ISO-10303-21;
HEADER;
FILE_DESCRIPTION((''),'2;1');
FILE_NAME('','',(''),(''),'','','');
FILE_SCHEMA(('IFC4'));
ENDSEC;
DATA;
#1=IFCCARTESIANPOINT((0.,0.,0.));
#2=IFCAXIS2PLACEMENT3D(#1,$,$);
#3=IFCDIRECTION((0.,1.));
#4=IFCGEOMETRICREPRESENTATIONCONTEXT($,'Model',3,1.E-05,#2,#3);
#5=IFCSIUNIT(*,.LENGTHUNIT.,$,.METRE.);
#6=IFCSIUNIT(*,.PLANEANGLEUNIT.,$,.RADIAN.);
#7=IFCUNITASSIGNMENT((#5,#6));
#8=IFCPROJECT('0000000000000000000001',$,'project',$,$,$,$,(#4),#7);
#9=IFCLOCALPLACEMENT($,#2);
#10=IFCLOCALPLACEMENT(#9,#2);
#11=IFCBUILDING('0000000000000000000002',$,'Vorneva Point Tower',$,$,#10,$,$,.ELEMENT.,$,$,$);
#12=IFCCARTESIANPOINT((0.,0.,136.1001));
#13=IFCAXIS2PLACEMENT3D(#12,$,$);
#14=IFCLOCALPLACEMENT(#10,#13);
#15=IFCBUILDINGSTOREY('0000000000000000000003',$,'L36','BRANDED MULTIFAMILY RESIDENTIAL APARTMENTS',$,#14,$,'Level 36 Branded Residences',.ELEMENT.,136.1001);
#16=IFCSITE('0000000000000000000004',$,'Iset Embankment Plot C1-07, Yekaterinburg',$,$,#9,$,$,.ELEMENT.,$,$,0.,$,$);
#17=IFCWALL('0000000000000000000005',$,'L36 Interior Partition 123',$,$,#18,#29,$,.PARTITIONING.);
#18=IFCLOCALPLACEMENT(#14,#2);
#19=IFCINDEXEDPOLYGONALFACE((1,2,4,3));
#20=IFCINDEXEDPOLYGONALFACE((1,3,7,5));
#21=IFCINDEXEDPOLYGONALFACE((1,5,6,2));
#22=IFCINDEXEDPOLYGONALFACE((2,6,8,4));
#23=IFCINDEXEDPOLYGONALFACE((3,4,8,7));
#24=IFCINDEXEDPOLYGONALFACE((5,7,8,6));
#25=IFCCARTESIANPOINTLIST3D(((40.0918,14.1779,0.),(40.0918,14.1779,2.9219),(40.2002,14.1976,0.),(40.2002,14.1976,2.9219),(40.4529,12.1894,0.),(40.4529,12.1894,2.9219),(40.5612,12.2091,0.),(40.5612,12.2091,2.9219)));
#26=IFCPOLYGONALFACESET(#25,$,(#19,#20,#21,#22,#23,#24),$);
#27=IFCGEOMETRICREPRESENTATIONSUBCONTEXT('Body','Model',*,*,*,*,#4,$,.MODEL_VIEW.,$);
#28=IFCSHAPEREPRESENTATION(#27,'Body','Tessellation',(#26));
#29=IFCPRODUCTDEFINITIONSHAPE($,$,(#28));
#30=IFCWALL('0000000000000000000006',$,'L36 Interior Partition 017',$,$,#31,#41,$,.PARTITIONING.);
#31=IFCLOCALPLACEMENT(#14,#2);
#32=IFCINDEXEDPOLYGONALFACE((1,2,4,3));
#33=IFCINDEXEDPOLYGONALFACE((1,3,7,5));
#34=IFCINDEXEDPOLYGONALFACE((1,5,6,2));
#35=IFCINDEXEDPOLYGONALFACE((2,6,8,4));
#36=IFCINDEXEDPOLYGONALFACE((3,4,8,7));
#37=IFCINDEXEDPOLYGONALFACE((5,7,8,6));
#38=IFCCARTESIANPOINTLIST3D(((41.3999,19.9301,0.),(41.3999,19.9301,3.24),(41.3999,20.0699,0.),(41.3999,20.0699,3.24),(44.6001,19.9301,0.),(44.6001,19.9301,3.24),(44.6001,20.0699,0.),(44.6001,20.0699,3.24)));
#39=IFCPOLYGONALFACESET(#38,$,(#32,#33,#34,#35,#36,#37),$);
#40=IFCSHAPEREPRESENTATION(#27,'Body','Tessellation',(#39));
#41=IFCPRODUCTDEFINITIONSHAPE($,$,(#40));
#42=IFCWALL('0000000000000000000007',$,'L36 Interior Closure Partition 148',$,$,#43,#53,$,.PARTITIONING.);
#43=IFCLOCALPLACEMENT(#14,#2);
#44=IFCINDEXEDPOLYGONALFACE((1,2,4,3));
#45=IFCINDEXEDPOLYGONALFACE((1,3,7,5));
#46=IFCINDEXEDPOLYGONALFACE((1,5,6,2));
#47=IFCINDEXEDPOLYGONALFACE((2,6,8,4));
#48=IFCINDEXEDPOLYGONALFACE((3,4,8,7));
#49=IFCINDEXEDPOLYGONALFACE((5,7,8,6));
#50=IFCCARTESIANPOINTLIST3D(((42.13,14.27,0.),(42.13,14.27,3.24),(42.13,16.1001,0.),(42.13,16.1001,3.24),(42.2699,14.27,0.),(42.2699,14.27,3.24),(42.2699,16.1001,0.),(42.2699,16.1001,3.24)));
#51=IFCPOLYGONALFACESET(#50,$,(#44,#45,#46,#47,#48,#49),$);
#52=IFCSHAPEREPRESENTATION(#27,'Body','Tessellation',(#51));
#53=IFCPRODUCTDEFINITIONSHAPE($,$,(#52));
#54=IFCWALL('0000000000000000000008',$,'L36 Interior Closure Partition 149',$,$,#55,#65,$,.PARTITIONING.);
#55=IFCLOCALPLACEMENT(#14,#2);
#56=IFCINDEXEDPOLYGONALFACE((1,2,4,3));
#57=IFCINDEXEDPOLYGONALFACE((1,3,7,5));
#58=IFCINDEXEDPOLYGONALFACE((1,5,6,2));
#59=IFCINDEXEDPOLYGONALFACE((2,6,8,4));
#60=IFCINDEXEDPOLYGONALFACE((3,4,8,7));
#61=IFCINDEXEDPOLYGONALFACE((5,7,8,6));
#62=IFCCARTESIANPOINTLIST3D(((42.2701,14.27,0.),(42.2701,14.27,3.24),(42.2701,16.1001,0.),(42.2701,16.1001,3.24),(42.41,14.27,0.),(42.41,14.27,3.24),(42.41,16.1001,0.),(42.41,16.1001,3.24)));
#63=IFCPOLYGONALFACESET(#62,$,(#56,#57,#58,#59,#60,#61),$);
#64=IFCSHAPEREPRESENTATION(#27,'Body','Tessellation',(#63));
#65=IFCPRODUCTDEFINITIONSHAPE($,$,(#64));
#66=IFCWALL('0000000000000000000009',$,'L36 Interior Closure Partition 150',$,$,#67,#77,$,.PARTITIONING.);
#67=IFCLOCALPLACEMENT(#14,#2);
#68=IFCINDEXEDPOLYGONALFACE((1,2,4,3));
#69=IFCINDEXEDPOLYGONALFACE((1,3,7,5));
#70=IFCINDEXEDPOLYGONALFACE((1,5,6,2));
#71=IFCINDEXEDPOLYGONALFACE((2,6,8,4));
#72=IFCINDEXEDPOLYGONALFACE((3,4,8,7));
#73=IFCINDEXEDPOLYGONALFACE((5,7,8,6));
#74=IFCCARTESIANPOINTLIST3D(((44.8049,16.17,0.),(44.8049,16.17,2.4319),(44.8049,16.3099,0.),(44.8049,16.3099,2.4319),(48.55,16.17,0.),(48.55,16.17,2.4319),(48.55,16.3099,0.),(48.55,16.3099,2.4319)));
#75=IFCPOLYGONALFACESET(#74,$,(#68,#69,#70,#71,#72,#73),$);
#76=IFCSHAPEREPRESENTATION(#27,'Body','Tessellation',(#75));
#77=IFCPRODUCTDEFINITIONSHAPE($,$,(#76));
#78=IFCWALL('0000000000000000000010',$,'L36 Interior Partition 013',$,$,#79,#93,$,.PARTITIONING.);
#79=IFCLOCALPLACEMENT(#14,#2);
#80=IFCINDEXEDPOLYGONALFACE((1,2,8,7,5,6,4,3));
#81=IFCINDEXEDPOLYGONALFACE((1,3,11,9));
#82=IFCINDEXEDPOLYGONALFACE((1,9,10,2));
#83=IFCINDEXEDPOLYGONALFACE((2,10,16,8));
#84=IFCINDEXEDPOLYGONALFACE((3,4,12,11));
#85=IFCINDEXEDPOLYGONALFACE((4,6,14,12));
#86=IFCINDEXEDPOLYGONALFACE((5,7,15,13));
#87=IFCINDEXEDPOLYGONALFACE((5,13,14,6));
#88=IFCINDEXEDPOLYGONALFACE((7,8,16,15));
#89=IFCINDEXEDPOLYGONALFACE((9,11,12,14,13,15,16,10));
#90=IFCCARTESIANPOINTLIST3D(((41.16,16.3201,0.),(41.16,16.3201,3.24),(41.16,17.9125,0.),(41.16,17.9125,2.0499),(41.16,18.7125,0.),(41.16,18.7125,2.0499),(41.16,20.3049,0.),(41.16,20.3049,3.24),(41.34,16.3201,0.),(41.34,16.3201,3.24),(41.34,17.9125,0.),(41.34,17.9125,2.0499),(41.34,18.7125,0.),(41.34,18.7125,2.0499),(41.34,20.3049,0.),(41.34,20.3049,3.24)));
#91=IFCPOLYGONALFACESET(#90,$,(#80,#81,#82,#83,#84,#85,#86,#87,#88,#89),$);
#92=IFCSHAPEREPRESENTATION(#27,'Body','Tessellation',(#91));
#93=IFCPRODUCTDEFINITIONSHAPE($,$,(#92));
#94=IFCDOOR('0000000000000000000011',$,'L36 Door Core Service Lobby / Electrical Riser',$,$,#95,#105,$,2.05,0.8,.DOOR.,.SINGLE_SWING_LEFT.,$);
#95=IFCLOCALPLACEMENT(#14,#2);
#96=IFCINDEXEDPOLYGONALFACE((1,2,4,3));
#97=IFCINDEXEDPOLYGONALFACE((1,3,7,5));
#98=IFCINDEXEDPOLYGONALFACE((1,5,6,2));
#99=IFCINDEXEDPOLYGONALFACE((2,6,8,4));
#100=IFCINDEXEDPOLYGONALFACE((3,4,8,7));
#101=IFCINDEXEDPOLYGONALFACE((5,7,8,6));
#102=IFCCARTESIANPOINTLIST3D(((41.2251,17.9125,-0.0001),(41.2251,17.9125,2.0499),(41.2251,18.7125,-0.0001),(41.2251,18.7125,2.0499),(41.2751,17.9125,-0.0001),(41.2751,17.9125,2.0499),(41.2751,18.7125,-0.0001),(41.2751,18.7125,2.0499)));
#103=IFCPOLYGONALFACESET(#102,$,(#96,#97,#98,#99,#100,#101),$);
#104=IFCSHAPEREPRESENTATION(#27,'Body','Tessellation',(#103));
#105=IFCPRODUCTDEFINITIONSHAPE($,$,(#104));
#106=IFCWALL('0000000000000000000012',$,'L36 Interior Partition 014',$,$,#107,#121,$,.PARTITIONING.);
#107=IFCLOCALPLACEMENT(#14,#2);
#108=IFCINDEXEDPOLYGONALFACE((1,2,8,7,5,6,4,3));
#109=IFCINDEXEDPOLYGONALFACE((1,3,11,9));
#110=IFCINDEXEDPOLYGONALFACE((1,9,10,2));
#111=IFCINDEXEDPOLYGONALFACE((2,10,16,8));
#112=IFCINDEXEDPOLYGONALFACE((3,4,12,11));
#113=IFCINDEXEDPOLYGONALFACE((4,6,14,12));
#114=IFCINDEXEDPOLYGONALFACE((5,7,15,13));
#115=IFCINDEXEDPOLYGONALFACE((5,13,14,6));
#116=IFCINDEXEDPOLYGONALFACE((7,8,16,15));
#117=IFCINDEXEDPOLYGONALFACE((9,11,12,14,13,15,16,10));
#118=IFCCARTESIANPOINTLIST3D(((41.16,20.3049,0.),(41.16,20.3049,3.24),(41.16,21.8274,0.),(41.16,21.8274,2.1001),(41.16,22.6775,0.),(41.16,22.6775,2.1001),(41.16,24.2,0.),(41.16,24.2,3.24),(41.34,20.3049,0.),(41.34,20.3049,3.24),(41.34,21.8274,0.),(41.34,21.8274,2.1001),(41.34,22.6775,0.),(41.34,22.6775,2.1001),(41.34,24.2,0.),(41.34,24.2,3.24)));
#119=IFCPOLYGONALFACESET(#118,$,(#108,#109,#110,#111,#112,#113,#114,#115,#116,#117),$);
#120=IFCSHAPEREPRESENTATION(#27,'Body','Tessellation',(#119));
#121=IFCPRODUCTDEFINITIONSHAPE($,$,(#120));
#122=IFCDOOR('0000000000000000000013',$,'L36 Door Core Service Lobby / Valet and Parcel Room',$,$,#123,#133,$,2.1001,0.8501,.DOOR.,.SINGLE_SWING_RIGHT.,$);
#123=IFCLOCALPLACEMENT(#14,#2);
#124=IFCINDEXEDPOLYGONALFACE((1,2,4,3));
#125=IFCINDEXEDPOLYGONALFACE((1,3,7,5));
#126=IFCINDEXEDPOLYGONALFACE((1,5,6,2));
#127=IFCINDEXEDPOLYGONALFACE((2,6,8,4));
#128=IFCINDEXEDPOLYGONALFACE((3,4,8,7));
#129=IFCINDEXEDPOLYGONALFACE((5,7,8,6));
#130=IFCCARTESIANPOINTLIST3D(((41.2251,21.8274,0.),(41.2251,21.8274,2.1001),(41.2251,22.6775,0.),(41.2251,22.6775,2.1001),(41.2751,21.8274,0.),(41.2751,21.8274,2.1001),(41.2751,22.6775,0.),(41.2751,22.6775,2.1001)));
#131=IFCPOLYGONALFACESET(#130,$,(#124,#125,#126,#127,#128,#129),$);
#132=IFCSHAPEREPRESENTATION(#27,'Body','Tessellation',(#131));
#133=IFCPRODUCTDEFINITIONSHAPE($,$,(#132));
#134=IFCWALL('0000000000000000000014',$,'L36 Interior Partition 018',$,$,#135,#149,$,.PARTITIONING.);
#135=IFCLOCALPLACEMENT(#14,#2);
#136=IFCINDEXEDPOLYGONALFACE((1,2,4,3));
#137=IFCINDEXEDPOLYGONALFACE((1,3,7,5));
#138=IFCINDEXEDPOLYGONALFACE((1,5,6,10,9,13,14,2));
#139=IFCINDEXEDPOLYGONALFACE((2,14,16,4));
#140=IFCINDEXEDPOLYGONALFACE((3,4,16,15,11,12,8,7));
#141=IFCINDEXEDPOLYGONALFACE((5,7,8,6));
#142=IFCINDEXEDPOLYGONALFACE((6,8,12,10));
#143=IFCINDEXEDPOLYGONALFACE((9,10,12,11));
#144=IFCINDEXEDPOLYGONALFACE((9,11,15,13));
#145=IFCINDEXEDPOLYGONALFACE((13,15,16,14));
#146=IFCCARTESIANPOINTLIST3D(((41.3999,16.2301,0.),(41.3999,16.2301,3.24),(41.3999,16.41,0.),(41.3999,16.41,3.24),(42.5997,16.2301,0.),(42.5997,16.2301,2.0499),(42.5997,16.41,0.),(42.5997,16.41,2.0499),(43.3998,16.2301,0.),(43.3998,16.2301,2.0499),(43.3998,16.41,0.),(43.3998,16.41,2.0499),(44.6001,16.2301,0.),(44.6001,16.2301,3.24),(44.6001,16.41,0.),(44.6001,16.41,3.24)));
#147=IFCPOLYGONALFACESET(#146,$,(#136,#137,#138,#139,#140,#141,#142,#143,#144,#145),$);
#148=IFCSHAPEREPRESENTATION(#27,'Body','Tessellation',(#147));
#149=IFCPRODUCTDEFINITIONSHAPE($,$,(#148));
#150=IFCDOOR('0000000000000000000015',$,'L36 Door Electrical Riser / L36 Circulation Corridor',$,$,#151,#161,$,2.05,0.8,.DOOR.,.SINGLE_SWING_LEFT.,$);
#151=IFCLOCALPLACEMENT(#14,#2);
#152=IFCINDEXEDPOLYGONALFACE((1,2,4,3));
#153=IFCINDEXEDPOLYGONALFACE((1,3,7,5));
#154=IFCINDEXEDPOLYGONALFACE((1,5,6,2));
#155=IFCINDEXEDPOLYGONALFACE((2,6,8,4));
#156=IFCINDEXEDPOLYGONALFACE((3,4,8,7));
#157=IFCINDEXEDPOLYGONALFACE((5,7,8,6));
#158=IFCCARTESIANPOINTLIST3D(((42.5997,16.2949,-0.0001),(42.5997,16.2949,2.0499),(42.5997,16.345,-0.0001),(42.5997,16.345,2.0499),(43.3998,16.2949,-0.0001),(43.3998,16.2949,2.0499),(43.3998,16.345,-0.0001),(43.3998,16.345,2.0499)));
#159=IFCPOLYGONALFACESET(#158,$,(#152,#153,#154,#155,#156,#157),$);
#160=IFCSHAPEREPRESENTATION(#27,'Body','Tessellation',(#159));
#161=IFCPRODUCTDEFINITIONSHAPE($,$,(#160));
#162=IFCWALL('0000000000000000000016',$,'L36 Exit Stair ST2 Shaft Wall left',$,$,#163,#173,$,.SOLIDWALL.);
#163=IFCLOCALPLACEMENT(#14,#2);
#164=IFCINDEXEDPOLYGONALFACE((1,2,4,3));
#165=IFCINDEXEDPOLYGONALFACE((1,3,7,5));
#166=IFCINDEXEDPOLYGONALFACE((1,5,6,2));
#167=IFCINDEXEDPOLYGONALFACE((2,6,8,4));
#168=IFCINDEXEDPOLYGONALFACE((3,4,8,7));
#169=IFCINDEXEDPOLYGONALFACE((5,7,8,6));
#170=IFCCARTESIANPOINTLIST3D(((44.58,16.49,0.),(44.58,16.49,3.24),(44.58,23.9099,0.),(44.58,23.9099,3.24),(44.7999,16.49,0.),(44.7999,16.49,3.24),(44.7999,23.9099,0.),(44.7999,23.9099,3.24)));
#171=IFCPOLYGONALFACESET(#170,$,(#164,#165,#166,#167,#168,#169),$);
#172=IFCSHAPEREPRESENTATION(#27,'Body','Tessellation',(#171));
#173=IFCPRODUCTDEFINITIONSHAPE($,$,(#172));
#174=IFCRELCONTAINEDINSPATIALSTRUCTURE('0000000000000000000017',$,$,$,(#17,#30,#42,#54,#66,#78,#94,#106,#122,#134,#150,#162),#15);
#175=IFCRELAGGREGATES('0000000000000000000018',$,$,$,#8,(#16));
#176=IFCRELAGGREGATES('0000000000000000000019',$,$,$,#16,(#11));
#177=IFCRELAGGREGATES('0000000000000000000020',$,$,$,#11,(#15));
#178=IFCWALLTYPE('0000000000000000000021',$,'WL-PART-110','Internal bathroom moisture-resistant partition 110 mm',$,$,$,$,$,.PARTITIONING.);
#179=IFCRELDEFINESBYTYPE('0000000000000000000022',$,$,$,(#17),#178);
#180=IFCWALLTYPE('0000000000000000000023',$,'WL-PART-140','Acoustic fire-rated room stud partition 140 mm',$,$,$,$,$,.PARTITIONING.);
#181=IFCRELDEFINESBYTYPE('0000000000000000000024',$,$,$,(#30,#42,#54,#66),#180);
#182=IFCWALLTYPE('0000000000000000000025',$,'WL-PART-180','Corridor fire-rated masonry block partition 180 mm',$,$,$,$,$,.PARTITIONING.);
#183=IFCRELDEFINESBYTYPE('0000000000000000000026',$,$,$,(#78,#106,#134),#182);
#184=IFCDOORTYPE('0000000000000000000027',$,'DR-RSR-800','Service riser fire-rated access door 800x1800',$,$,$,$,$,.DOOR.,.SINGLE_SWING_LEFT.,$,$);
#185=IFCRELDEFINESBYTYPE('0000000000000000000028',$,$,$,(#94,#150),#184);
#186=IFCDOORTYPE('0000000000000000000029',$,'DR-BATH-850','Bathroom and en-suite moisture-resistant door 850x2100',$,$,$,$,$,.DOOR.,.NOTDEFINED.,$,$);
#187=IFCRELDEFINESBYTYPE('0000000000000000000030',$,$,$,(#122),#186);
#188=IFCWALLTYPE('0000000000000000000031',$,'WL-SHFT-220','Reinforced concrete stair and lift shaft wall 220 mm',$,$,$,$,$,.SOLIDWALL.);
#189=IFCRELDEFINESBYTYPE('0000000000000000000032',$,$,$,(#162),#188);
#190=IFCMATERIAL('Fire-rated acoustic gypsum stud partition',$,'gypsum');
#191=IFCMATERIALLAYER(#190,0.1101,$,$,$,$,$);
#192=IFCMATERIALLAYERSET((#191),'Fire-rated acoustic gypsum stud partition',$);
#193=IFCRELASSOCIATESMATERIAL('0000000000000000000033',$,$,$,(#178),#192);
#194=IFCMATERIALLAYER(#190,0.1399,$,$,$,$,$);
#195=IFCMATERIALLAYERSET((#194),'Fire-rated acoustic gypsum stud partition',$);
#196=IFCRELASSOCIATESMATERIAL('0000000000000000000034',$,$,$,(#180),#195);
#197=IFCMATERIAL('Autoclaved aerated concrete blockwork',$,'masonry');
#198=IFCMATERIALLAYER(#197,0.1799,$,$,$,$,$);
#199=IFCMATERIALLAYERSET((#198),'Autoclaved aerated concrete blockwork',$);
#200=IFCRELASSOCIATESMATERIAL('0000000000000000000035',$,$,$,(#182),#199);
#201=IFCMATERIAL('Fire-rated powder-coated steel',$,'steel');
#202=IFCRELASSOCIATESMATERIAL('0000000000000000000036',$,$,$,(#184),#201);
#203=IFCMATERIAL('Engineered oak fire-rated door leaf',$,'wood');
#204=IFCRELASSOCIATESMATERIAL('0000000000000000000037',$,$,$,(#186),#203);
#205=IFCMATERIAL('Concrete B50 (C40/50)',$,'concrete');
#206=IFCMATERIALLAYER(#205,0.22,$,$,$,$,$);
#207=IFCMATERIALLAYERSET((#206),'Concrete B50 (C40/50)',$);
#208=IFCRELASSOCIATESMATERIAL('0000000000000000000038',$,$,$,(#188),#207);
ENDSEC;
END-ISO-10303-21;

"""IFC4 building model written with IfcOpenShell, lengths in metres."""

from ifc_helpers import new_model, si_unit, direction, frame, frame_2d, origin, place, context, subcontext, project, spatial, rectangle, extrude, material, layer, layer_set, type_object, element, fill, save


model = new_model("IFC4")

# Units and contexts
model_context = context("Model", 3, precision=1e-05, world=origin(), true_north=direction((0.0, 1.0)))
body_context = subcontext(model_context, "Body", "Model", "MODEL_VIEW")
ifc_project = project(units=[si_unit("LENGTHUNIT", "METRE"), si_unit("PLANEANGLEUNIT", "RADIAN")], contexts=[model_context])

# Site, building, storey
site_placement = place(None, origin())
site = spatial("IfcSite", under=ifc_project, at=site_placement, Name="Iset Embankment Plot C1-07, Yekaterinburg", CompositionType="ELEMENT", RefElevation=0.0)
building_placement = place(site_placement, origin())
building = spatial("IfcBuilding", under=site, at=building_placement, Name="Vorneva Point Tower", CompositionType="ELEMENT")
storey_placement = place(building_placement, frame((0.0, 0.0, 136.1001)))
storey = spatial("IfcBuildingStorey", under=building, at=storey_placement, Name="L36", Description="BRANDED MULTIFAMILY RESIDENTIAL APARTMENTS", LongName="Level 36 Branded Residences", CompositionType="ELEMENT", Elevation=136.1001)

# Walls
ifc_material_1 = material(Name="Fire-rated acoustic gypsum stud partition", Category="gypsum")
ifc_layer_1 = layer(ifc_material_1, 0.1101)
ifc_layer_set_1 = layer_set([ifc_layer_1], Name="Fire-rated acoustic gypsum stud partition")
wall_type_1 = type_object("IfcWallType", Name="WL-PART-110", Description="Internal bathroom moisture-resistant partition 110 mm", PredefinedType="PARTITIONING", material=ifc_layer_set_1)
wall_1_placement = place(storey_placement, frame((40.146, 14.1877, 0.0), z_axis=(0.0, 0.0, 1.0), x_axis=(0.178662, -0.98391, 0.0)))
element("IfcWall", 1, at=wall_1_placement, inside=storey, type_object=wall_type_1, Name="L36 Interior Partition 123", PredefinedType="PARTITIONING", context=body_context, shape_type="SweptSolid", body=[
    extrude(rectangle(XDim=2.021, YDim=0.1101, at=frame_2d((1.0105, 0.0))), origin(), (0.0, 0.0, 1.0), 2.9219),
])
ifc_layer_2 = layer(ifc_material_1, 0.1399)
ifc_layer_set_2 = layer_set([ifc_layer_2], Name="Fire-rated acoustic gypsum stud partition")
wall_type_2 = type_object("IfcWallType", Name="WL-PART-140", Description="Acoustic fire-rated room stud partition 140 mm", PredefinedType="PARTITIONING", material=ifc_layer_set_2)
wall_2_placement = place(storey_placement, frame((44.6001, 20.0, 0.0), z_axis=(0.0, 0.0, 1.0), x_axis=(-1.0, 0.0, 0.0)))
element("IfcWall", 2, at=wall_2_placement, inside=storey, type_object=wall_type_2, Name="L36 Interior Partition 017", PredefinedType="PARTITIONING", context=body_context, shape_type="SweptSolid", body=[
    extrude(rectangle(XDim=3.2002, YDim=0.1399, at=frame_2d((1.6001, 0.0))), origin(), (0.0, 0.0, 1.0), 3.24),
])
for number, where, z_axis, x_axis, name in (
    (3, (42.2, 16.1001, 0.0), (0.0, 0.0, 1.0), (0.0, -1.0, 0.0), "L36 Interior Closure Partition 148"),
    (4, (42.3401, 14.27, 0.0), (0.0, 0.0, 1.0), (0.0, 1.0, 0.0), "L36 Interior Closure Partition 149"),
):
    element("IfcWall", number, at=place(storey_placement, frame(where, z_axis=z_axis, x_axis=x_axis)), inside=storey, type_object=wall_type_2, Name=name, PredefinedType="PARTITIONING", context=body_context, shape_type="SweptSolid", body=[
        extrude(rectangle(XDim=1.8301, YDim=0.1399, at=frame_2d((0.915, 0.0))), origin(), (0.0, 0.0, 1.0), 3.24),
    ])
wall_3_placement = place(storey_placement, frame((44.8049, 16.24, 0.0), z_axis=(0.0, 0.0, 1.0), x_axis=(1.0, 0.0, 0.0)))
element("IfcWall", 5, at=wall_3_placement, inside=storey, type_object=wall_type_2, Name="L36 Interior Closure Partition 150", PredefinedType="PARTITIONING", context=body_context, shape_type="SweptSolid", body=[
    extrude(rectangle(XDim=3.7451, YDim=0.1399, at=frame_2d((1.8726, 0.0))), origin(), (0.0, 0.0, 1.0), 2.4319),
])

# Walls, openings, doors
ifc_material_2 = material(Name="Autoclaved aerated concrete blockwork", Category="masonry")
ifc_layer_3 = layer(ifc_material_2, 0.1799)
ifc_layer_set_3 = layer_set([ifc_layer_3], Name="Autoclaved aerated concrete blockwork")
wall_type_3 = type_object("IfcWallType", Name="WL-PART-180", Description="Corridor fire-rated masonry block partition 180 mm", PredefinedType="PARTITIONING", material=ifc_layer_set_3)
wall_4_placement = place(storey_placement, frame((41.25, 16.3201, 0.0), z_axis=(0.0, 0.0, 1.0), x_axis=(0.0, 1.0, 0.0)))
wall_4 = element("IfcWall", 6, at=wall_4_placement, inside=storey, type_object=wall_type_3, Name="L36 Interior Partition 013", PredefinedType="PARTITIONING", context=body_context, shape_type="SweptSolid", body=[
    extrude(rectangle(XDim=3.9849, YDim=0.1799, at=frame_2d((1.9924, 0.0))), origin(), (0.0, 0.0, 1.0), 3.24),
])
opening_1_placement = place(wall_4_placement, frame((1.5925, 0.0, 0.0)))
opening_1 = element("IfcOpeningElement", 7, at=opening_1_placement, cuts=wall_4, PredefinedType="OPENING", context=body_context, shape_type="SweptSolid", body=[
    extrude(rectangle(XDim=0.8, YDim=2.05, at=frame_2d((0.3999, 1.0249))), frame((0.0, 0.105, 0.0), z_axis=(0.0, -1.0, 0.0), x_axis=(1.0, 0.0, 0.0)), (0.0, 0.0, 1.0), 0.2097),
])
ifc_material_3 = material(Name="Fire-rated powder-coated steel", Category="steel")
door_type_1 = type_object("IfcDoorType", Name="DR-RSR-800", Description="Service riser fire-rated access door 800x1800", OperationType="SINGLE_SWING_LEFT", PredefinedType="DOOR", material=ifc_material_3)
door_1_placement = place(opening_1_placement, origin())
door_1 = element("IfcDoor", 8, at=door_1_placement, inside=storey, type_object=door_type_1, Name="L36 Door Core Service Lobby / Electrical Riser", OperationType="SINGLE_SWING_LEFT", OverallHeight=2.05, OverallWidth=0.8, PredefinedType="DOOR", context=body_context, shape_type="SweptSolid", body=[
    extrude(rectangle(XDim=0.8, YDim=2.05, at=frame_2d((0.3999, 1.0249))), frame((0.0, 0.0249, 0.0), z_axis=(0.0, -1.0, 0.0), x_axis=(1.0, 0.0, 0.0)), (0.0, 0.0, 1.0), 0.05),
])
fill(opening_1, door_1)
wall_5_placement = place(storey_placement, frame((41.25, 20.3049, 0.0), z_axis=(0.0, 0.0, 1.0), x_axis=(0.0, 1.0, 0.0)))
wall_5 = element("IfcWall", 9, at=wall_5_placement, inside=storey, type_object=wall_type_3, Name="L36 Interior Partition 014", PredefinedType="PARTITIONING", context=body_context, shape_type="SweptSolid", body=[
    extrude(rectangle(XDim=3.895, YDim=0.1799, at=frame_2d((1.9475, 0.0))), origin(), (0.0, 0.0, 1.0), 3.24),
])
opening_2_placement = place(wall_5_placement, frame((1.5225, 0.0, 0.0)))
opening_2 = element("IfcOpeningElement", 10, at=opening_2_placement, cuts=wall_5, PredefinedType="OPENING", context=body_context, shape_type="SweptSolid", body=[
    extrude(rectangle(XDim=0.8501, YDim=2.1001, at=frame_2d((0.425, 1.05))), frame((0.0, 0.105, 0.0), z_axis=(0.0, -1.0, 0.0), x_axis=(1.0, 0.0, 0.0)), (0.0, 0.0, 1.0), 0.2097),
])
ifc_material_4 = material(Name="Engineered oak fire-rated door leaf", Category="wood")
door_type_2 = type_object("IfcDoorType", Name="DR-BATH-850", Description="Bathroom and en-suite moisture-resistant door 850x2100", OperationType="NOTDEFINED", PredefinedType="DOOR", material=ifc_material_4)
door_2_placement = place(opening_2_placement, origin())
door_2 = element("IfcDoor", 11, at=door_2_placement, inside=storey, type_object=door_type_2, Name="L36 Door Core Service Lobby / Valet and Parcel Room", OperationType="SINGLE_SWING_RIGHT", OverallHeight=2.1001, OverallWidth=0.8501, PredefinedType="DOOR", context=body_context, shape_type="SweptSolid", body=[
    extrude(rectangle(XDim=0.8501, YDim=2.1001, at=frame_2d((0.425, 1.05))), frame((0.0, 0.0249, 0.0), z_axis=(0.0, -1.0, 0.0), x_axis=(1.0, 0.0, 0.0)), (0.0, 0.0, 1.0), 0.05),
])
fill(opening_2, door_2)
wall_6_placement = place(storey_placement, frame((41.3999, 16.3201, 0.0), z_axis=(0.0, 0.0, 1.0), x_axis=(1.0, 0.0, 0.0)))
wall_6 = element("IfcWall", 12, at=wall_6_placement, inside=storey, type_object=wall_type_3, Name="L36 Interior Partition 018", PredefinedType="PARTITIONING", context=body_context, shape_type="SweptSolid", body=[
    extrude(rectangle(XDim=3.2002, YDim=0.1799, at=frame_2d((1.6001, 0.0))), origin(), (0.0, 0.0, 1.0), 3.24),
])
opening_3_placement = place(wall_6_placement, frame((1.2, 0.0, 0.0)))
opening_3 = element("IfcOpeningElement", 13, at=opening_3_placement, cuts=wall_6, PredefinedType="OPENING", context=body_context, shape_type="SweptSolid", body=[
    extrude(rectangle(XDim=0.8, YDim=2.05, at=frame_2d((0.3999, 1.0249))), frame((0.0, 0.105, 0.0), z_axis=(0.0, -1.0, 0.0), x_axis=(1.0, 0.0, 0.0)), (0.0, 0.0, 1.0), 0.2097),
])
door_3_placement = place(opening_3_placement, origin())
door_3 = element("IfcDoor", 14, at=door_3_placement, inside=storey, type_object=door_type_1, Name="L36 Door Electrical Riser / L36 Circulation Corridor", OperationType="SINGLE_SWING_LEFT", OverallHeight=2.05, OverallWidth=0.8, PredefinedType="DOOR", context=body_context, shape_type="SweptSolid", body=[
    extrude(rectangle(XDim=0.8, YDim=2.05, at=frame_2d((0.3999, 1.0249))), frame((0.0, 0.0249, 0.0), z_axis=(0.0, -1.0, 0.0), x_axis=(1.0, 0.0, 0.0)), (0.0, 0.0, 1.0), 0.05),
])
fill(opening_3, door_3)

# Wall
ifc_material_5 = material(Name="Concrete B50 (C40/50)", Category="concrete")
ifc_layer_4 = layer(ifc_material_5, 0.22)
ifc_layer_set_4 = layer_set([ifc_layer_4], Name="Concrete B50 (C40/50)")
wall_type_4 = type_object("IfcWallType", Name="WL-SHFT-220", Description="Reinforced concrete stair and lift shaft wall 220 mm", PredefinedType="SOLIDWALL", material=ifc_layer_set_4)
wall_7_placement = place(storey_placement, frame((44.6899, 16.49, 0.0), z_axis=(0.0, 0.0, 1.0), x_axis=(0.0, 1.0, 0.0)))
element("IfcWall", 15, at=wall_7_placement, inside=storey, type_object=wall_type_4, Name="L36 Exit Stair ST2 Shaft Wall left", PredefinedType="SOLIDWALL", context=body_context, shape_type="SweptSolid", body=[
    extrude(rectangle(XDim=7.4199, YDim=0.22, at=frame_2d((3.71, 0.0))), origin(), (0.0, 0.0, 1.0), 3.24),
])

save(model, "model.ifc")
